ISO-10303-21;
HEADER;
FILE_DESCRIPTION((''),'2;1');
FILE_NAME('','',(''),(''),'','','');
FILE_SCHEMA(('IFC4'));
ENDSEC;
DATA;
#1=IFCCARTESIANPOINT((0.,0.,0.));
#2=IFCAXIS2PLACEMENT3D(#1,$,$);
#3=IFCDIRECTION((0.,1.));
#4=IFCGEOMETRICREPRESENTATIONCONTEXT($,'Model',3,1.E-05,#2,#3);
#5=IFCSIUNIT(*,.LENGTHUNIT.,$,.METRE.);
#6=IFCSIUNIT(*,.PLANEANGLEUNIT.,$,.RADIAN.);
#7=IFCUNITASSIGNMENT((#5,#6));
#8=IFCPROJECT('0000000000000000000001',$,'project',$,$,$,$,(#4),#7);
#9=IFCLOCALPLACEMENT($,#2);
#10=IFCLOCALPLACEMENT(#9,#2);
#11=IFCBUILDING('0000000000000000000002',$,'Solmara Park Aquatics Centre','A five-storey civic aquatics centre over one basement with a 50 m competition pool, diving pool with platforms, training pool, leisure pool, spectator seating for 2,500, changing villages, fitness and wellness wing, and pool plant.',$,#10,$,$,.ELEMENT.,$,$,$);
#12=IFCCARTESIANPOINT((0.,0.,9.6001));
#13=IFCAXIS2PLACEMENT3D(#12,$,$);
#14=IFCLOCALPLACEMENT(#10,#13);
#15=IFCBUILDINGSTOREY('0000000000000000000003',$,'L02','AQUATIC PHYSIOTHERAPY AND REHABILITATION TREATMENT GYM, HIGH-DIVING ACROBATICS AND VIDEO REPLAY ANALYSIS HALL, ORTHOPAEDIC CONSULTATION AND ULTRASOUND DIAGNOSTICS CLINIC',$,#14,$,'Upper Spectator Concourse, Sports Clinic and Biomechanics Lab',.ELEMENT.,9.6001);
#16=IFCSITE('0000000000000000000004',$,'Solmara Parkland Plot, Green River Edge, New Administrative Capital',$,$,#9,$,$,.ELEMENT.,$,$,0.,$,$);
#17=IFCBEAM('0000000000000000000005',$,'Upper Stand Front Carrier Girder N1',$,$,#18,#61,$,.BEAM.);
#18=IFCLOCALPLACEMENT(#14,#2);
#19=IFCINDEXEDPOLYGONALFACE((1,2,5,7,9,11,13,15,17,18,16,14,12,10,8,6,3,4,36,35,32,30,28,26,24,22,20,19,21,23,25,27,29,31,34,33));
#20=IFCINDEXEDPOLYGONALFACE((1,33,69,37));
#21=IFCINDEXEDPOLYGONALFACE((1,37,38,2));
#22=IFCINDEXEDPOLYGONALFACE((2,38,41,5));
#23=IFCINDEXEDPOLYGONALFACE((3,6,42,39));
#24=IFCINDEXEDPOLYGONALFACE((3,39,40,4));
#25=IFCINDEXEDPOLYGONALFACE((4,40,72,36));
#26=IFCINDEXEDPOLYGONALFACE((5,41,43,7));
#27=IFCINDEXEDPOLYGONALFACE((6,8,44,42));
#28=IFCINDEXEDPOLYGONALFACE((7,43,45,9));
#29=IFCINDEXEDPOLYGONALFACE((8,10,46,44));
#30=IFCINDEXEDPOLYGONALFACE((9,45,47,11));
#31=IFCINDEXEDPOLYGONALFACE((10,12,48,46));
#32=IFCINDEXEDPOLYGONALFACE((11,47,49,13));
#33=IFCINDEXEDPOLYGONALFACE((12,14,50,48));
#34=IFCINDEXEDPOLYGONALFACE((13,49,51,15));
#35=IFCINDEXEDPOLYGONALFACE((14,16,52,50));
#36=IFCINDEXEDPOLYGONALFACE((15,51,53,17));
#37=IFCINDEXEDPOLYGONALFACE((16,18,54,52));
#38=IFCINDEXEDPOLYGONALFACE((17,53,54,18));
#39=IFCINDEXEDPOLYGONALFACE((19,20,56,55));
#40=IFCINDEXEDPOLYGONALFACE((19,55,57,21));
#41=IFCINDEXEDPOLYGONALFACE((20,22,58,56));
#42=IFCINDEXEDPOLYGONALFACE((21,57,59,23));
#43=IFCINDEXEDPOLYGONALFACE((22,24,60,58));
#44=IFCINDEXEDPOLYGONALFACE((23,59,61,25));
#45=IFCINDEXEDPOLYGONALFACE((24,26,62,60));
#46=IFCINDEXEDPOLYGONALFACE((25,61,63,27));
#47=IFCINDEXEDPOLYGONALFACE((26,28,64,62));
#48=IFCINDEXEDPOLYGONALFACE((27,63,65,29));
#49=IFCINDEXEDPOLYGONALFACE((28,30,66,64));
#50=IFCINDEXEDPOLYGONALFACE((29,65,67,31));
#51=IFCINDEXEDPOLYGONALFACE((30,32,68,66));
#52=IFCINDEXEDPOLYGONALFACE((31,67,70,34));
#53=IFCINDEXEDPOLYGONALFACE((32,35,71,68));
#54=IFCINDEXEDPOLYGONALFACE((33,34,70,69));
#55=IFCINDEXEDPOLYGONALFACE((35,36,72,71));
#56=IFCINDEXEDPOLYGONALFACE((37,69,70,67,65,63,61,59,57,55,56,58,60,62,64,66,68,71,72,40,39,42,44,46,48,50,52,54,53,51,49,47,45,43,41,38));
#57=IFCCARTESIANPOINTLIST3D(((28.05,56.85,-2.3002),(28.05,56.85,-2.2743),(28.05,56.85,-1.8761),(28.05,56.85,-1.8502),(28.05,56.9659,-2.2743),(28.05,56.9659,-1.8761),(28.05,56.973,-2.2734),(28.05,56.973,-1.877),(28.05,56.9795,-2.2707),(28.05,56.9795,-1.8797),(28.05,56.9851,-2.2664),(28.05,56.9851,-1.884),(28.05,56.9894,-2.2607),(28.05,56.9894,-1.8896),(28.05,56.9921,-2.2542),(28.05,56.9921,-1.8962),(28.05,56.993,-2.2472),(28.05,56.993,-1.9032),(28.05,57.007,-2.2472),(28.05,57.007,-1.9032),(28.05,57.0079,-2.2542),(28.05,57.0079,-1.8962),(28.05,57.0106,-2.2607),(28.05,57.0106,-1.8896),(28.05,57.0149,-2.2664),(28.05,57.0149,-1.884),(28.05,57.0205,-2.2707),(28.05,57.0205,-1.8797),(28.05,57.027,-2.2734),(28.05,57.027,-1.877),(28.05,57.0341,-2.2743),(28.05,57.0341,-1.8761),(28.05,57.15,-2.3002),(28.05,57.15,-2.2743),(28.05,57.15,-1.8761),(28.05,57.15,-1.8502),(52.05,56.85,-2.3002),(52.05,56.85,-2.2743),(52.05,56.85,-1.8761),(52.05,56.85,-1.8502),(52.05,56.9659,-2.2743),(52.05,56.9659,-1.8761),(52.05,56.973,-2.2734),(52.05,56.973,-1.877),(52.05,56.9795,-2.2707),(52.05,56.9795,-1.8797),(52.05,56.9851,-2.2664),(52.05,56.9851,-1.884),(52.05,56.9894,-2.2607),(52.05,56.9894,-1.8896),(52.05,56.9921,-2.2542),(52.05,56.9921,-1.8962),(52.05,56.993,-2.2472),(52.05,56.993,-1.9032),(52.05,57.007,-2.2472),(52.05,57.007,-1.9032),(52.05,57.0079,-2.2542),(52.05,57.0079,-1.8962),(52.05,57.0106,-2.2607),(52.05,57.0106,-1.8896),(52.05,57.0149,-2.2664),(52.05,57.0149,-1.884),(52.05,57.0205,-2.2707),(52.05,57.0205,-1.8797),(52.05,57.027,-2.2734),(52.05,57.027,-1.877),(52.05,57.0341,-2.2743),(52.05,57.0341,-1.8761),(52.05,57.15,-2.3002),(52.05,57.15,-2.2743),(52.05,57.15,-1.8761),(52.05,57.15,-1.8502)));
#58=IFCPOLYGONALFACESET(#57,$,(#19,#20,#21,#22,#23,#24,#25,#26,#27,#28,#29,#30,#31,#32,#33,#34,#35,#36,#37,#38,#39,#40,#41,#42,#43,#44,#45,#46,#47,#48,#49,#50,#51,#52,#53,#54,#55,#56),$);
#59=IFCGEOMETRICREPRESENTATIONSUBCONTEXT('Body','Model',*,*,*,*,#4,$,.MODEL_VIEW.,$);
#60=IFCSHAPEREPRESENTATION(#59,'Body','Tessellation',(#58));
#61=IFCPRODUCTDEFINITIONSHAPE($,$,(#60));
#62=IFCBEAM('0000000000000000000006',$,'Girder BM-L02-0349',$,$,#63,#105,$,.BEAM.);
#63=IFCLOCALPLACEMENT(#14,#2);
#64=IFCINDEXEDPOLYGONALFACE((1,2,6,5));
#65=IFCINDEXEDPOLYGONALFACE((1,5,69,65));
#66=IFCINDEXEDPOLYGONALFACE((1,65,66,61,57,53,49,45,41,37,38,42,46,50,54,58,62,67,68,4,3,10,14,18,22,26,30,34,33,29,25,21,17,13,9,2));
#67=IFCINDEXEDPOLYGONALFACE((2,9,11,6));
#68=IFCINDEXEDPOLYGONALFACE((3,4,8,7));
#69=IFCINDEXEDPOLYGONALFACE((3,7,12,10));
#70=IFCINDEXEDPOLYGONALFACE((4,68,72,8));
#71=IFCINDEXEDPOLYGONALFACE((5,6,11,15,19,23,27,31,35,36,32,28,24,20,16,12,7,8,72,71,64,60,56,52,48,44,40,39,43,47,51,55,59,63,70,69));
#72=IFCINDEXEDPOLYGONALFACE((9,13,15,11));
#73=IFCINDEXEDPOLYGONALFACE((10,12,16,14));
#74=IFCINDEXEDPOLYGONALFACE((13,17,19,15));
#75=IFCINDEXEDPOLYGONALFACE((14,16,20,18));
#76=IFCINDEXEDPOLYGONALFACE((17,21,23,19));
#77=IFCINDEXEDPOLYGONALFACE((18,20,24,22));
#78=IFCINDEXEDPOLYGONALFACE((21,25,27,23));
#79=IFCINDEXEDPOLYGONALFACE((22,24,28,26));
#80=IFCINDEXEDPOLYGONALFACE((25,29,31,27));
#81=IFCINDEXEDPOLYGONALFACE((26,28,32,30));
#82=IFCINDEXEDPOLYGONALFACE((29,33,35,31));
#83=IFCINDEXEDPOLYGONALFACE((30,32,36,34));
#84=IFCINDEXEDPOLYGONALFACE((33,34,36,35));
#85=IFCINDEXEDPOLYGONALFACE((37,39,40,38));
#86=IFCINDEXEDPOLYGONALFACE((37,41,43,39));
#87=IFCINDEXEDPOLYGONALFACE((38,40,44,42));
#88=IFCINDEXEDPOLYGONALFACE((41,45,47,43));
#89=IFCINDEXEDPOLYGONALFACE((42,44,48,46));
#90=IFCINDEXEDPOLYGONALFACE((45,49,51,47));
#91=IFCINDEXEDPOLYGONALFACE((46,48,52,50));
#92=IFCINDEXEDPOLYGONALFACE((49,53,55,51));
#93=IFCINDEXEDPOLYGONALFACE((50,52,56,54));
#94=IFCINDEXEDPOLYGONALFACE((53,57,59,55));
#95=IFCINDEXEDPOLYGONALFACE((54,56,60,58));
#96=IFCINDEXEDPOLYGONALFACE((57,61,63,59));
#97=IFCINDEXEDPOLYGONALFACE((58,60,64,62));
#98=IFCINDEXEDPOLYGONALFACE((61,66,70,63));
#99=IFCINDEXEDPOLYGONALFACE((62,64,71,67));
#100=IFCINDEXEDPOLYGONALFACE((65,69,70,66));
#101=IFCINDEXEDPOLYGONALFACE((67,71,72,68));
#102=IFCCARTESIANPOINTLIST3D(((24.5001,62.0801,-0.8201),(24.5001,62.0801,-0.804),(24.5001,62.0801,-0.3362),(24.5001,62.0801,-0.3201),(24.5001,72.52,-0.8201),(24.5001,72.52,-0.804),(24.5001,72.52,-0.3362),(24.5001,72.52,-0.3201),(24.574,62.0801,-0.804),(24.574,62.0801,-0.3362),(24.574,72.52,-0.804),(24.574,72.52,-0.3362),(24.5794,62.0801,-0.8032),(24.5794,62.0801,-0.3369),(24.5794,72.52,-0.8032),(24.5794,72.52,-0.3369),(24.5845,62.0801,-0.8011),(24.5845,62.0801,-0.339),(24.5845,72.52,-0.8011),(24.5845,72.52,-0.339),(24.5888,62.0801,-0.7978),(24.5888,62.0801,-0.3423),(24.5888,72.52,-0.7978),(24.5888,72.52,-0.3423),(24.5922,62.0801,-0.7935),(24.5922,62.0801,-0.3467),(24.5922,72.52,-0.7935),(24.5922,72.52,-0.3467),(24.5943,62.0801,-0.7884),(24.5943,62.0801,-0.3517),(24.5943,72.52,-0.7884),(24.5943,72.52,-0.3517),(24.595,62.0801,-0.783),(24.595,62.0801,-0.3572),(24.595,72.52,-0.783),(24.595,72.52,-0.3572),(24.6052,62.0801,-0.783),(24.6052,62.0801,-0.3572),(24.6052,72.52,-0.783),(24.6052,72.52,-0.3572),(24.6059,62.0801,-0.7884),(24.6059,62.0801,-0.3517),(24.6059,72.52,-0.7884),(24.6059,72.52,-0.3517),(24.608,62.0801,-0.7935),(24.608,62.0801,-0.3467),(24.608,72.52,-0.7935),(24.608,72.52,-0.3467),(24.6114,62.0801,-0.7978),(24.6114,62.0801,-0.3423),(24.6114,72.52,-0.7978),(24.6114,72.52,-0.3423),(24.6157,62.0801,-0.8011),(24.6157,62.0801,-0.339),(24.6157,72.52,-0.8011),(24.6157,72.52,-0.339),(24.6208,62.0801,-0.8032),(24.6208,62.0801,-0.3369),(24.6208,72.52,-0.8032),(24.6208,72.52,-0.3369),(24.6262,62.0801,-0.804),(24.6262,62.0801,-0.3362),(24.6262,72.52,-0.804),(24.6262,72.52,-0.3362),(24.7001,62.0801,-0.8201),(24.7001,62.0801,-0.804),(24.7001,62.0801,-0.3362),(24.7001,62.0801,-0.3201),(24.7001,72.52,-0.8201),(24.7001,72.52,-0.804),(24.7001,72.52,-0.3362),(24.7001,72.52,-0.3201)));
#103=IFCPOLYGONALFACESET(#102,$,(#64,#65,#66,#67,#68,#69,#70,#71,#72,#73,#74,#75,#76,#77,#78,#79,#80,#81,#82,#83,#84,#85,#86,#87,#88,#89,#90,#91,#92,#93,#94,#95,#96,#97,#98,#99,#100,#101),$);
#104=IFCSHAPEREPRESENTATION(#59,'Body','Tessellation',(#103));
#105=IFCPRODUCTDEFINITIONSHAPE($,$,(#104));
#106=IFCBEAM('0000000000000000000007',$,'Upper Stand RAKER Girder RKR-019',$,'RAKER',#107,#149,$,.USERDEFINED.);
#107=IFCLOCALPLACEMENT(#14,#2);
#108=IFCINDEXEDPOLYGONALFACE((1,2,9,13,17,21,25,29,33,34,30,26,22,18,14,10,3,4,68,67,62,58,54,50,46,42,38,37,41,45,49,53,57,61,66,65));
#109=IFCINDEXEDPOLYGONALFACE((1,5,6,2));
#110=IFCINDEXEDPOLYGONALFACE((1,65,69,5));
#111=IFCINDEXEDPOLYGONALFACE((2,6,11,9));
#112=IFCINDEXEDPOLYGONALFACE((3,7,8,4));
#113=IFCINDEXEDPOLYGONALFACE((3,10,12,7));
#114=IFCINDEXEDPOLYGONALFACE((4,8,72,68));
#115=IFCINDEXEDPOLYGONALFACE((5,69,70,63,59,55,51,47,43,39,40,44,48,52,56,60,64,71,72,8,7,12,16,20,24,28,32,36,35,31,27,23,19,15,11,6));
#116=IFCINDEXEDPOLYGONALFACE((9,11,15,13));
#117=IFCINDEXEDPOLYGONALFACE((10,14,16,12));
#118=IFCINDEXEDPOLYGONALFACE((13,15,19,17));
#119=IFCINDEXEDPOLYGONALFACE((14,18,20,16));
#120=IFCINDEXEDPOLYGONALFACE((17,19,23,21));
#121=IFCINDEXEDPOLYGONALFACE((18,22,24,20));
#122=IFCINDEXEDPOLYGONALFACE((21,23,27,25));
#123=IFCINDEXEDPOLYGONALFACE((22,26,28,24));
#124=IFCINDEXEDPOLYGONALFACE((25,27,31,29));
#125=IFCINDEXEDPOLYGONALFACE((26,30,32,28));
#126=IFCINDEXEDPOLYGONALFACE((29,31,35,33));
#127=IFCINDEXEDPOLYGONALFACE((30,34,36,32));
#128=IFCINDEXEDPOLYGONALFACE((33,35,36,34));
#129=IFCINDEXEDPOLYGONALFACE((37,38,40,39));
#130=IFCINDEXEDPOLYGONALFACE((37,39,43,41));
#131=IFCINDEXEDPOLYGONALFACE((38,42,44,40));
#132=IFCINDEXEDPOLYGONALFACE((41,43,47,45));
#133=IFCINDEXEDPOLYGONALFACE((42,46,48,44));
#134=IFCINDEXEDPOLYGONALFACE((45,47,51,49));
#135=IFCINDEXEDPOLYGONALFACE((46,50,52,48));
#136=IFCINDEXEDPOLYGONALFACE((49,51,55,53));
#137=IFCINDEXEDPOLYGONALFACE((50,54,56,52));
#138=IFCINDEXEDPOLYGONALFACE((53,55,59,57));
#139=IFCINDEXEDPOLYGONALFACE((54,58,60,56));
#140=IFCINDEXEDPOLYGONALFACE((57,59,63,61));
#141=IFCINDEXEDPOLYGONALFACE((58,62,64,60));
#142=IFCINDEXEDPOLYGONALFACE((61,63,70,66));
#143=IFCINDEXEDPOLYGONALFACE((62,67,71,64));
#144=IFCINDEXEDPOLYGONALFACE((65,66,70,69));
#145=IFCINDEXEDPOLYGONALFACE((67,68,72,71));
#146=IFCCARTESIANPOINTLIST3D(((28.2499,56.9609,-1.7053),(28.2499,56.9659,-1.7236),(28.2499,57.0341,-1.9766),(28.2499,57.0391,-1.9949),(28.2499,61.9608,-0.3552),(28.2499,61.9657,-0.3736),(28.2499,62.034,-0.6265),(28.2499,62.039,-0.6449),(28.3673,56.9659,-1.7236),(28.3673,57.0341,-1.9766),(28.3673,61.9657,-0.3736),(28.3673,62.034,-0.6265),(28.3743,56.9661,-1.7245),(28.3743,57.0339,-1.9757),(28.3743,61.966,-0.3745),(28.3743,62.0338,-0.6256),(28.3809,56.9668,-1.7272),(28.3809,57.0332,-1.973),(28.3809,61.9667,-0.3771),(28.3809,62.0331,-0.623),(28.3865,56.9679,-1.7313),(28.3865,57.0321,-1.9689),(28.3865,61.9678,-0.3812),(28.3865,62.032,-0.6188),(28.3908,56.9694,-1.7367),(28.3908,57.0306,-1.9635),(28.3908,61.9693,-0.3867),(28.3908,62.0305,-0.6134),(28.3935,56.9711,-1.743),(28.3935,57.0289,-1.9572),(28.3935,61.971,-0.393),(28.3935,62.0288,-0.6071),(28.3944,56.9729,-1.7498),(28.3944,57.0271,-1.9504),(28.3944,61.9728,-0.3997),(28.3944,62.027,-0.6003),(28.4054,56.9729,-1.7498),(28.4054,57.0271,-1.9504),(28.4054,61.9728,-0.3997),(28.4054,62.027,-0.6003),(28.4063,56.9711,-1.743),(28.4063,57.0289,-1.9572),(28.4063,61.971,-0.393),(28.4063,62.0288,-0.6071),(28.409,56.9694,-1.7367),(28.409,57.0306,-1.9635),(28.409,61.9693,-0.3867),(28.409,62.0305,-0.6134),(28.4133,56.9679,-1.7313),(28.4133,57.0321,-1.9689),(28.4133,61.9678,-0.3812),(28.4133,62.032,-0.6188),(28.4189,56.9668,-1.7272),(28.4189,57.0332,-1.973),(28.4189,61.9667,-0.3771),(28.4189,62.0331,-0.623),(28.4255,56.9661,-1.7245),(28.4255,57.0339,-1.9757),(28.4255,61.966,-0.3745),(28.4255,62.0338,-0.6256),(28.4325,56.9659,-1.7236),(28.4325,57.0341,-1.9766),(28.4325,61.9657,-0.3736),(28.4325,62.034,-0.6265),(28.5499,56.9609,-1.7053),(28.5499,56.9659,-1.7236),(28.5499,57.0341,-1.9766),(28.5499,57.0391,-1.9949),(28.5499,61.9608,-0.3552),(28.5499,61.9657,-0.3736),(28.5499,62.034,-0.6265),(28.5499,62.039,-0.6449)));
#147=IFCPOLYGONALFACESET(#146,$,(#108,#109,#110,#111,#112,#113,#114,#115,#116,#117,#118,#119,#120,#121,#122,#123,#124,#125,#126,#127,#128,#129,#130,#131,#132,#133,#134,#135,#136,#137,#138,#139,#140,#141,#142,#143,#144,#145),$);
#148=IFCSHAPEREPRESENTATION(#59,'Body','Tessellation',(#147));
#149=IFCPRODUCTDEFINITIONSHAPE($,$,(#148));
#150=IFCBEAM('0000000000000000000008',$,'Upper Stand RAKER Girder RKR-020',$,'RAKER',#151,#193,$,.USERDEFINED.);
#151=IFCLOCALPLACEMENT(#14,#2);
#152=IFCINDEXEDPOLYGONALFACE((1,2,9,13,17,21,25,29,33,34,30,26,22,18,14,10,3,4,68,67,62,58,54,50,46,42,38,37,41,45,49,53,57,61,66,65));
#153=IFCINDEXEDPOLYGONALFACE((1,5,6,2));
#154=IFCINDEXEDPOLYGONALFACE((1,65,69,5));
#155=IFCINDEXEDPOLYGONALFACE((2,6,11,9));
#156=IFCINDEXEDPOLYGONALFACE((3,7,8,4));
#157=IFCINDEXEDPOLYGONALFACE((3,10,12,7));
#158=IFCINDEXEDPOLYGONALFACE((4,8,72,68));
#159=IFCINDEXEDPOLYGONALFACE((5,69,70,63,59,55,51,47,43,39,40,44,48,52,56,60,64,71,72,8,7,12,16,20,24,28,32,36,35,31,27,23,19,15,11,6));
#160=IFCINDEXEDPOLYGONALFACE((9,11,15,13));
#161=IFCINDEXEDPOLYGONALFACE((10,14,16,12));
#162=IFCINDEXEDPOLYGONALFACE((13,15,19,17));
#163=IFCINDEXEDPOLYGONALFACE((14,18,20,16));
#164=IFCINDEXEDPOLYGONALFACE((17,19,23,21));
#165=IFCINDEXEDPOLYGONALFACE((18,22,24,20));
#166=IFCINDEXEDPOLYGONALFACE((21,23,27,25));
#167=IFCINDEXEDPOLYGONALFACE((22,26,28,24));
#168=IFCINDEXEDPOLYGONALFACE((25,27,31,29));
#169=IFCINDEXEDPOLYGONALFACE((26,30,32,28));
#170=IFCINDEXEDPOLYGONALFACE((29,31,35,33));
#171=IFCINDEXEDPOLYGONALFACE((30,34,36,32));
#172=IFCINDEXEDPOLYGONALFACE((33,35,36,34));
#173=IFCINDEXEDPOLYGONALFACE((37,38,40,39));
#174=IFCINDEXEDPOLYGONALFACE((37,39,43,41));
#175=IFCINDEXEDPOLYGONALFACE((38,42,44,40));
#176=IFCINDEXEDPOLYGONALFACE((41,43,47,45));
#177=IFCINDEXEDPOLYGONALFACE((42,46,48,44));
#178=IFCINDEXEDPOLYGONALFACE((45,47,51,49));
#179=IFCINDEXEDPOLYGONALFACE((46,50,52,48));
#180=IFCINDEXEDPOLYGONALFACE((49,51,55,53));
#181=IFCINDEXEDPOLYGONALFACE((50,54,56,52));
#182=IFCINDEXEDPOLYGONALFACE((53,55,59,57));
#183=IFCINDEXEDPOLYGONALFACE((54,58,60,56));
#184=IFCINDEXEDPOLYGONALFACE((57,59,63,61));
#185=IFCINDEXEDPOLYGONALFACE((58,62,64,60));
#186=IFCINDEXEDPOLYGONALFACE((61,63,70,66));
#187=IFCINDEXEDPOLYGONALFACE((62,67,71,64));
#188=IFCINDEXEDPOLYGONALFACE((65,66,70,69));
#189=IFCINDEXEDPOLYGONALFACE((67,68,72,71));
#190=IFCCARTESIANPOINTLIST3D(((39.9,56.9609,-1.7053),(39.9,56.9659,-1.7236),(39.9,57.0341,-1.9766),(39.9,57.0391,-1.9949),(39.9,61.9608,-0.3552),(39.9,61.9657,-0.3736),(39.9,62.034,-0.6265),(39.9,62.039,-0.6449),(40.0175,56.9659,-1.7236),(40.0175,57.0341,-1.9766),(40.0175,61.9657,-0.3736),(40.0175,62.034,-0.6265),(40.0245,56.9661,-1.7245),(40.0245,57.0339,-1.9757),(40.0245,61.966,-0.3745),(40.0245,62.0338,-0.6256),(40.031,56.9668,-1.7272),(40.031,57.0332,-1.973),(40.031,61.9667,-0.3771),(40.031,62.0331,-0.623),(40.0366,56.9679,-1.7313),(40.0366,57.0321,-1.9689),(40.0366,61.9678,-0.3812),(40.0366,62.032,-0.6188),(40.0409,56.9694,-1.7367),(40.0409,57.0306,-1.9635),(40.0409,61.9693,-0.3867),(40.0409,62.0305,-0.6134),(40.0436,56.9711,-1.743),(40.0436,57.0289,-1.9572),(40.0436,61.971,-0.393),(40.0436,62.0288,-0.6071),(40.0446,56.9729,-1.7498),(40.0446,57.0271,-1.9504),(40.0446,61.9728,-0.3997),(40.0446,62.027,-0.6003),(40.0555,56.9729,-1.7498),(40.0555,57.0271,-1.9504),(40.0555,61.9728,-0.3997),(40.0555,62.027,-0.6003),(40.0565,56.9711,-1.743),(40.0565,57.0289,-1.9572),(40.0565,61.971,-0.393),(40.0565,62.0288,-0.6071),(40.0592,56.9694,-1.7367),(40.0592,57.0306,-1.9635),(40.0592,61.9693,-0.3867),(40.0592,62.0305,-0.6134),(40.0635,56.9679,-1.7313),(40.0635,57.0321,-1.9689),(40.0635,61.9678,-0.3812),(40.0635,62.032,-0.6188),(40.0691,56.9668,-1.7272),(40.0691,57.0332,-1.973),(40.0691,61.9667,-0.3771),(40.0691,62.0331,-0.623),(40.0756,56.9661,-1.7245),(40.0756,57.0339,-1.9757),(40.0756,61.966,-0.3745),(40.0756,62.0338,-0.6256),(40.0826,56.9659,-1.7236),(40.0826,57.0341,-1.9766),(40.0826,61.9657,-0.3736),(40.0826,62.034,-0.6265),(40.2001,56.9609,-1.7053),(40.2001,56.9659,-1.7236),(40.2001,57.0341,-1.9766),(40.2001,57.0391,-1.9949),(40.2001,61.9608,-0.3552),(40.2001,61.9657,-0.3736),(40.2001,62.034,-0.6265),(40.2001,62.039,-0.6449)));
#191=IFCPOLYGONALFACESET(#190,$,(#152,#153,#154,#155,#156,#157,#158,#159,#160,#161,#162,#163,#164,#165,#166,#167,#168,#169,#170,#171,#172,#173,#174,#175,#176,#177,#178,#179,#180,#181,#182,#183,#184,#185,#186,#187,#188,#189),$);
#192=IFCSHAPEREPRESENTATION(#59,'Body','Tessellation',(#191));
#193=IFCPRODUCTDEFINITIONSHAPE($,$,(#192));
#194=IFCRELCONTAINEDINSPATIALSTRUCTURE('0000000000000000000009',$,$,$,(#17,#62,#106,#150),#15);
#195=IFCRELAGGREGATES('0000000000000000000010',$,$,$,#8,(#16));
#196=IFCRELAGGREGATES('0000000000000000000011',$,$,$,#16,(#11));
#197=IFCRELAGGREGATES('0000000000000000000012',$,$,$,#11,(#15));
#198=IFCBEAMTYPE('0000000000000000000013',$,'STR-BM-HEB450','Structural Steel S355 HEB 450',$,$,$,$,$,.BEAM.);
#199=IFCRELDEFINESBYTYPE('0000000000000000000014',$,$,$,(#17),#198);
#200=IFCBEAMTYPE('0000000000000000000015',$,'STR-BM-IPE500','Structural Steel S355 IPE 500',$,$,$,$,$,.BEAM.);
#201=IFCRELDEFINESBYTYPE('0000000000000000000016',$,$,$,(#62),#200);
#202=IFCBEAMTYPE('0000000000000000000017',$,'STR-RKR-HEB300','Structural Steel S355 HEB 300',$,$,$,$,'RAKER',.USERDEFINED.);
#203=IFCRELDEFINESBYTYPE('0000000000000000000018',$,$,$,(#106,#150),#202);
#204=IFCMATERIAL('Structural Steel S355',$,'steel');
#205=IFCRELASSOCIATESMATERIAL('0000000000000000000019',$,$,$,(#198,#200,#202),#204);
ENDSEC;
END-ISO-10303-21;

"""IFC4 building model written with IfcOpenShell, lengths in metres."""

from ifc_helpers import new_model, si_unit, direction, frame, origin, origin_2d, place, context, subcontext, project, spatial, i_section, extrude, material, material_profile, profile_set, type_object, element, save


model = new_model("IFC4")

# Units and contexts
model_context = context("Model", 3, precision=1e-05, world=origin(), true_north=direction((0.0, 1.0)))
body_context = subcontext(model_context, "Body", "Model", "MODEL_VIEW")
ifc_project = project(units=[si_unit("LENGTHUNIT", "METRE"), si_unit("PLANEANGLEUNIT", "RADIAN")], contexts=[model_context])

# Site, building, storey
site_placement = place(None, origin())
site = spatial("IfcSite", under=ifc_project, at=site_placement, Name="Solmara Parkland Plot, Green River Edge, New Administrative Capital", CompositionType="ELEMENT", RefElevation=0.0)
building_placement = place(site_placement, origin())
building = spatial("IfcBuilding", under=site, at=building_placement, Name="Solmara Park Aquatics Centre", Description="A five-storey civic aquatics centre over one basement with a 50 m competition pool, diving pool with platforms, training pool, leisure pool, spectator seating for 2,500, changing villages, fitness and wellness wing, and pool plant.", CompositionType="ELEMENT")
storey_placement = place(building_placement, frame((0.0, 0.0, 9.6001)))
storey = spatial("IfcBuildingStorey", under=building, at=storey_placement, Name="L02", Description="AQUATIC PHYSIOTHERAPY AND REHABILITATION TREATMENT GYM, HIGH-DIVING ACROBATICS AND VIDEO REPLAY ANALYSIS HALL, ORTHOPAEDIC CONSULTATION AND ULTRASOUND DIAGNOSTICS CLINIC", LongName="Upper Spectator Concourse, Sports Clinic and Biomechanics Lab", CompositionType="ELEMENT", Elevation=9.6001)

# Shared definitions
ifc_material_1 = material(Name="Structural Steel S355", Category="steel")

# Beams
ifc_material_profile_1 = material_profile(ifc_material_1, i_section(OverallWidth=0.3, OverallDepth=0.45, WebThickness=0.0139, FlangeThickness=0.0259, FilletRadius=0.0271, at=origin_2d()), Name="HEB 450")
ifc_profile_set_1 = profile_set([ifc_material_profile_1], Name="Structural Steel S355")
beam_type_1 = type_object("IfcBeamType", Name="STR-BM-HEB450", Description="Structural Steel S355 HEB 450", PredefinedType="BEAM", material=ifc_profile_set_1)
beam_1_placement = place(storey_placement, frame((28.05, 57.0, -2.0752), z_axis=(1.0, 0.0, 0.0), x_axis=(0.0, 1.0, 0.0)))
element("IfcBeam", 1, at=beam_1_placement, inside=storey, type_object=beam_type_1, Name="Upper Stand Front Carrier Girder N1", PredefinedType="BEAM", context=body_context, shape_type="SweptSolid", body=[
    extrude(i_section(OverallWidth=0.3, OverallDepth=0.45, WebThickness=0.0139, FlangeThickness=0.0259, FilletRadius=0.0271, at=origin_2d()), origin(), (0.0, 0.0, 1.0), 24.0),
])
ifc_material_profile_2 = material_profile(ifc_material_1, i_section(OverallWidth=0.2, OverallDepth=0.5, WebThickness=0.0103, FlangeThickness=0.0161, FilletRadius=0.021, at=origin_2d()), Name="IPE 500")
ifc_profile_set_2 = profile_set([ifc_material_profile_2], Name="Structural Steel S355")
beam_type_2 = type_object("IfcBeamType", Name="STR-BM-IPE500", Description="Structural Steel S355 IPE 500", PredefinedType="BEAM", material=ifc_profile_set_2)
beam_2_placement = place(storey_placement, frame((24.6001, 62.0801, -0.5701), z_axis=(0.0, 1.0, 0.0), x_axis=(-1.0, 0.0, 0.0)))
element("IfcBeam", 2, at=beam_2_placement, inside=storey, type_object=beam_type_2, Name="Girder BM-L02-0349", PredefinedType="BEAM", context=body_context, shape_type="SweptSolid", body=[
    extrude(i_section(OverallWidth=0.2, OverallDepth=0.5, WebThickness=0.0103, FlangeThickness=0.0161, FilletRadius=0.021, at=origin_2d()), origin(), (0.0, 0.0, 1.0), 10.4399),
])
ifc_material_profile_3 = material_profile(ifc_material_1, i_section(OverallWidth=0.3, OverallDepth=0.3, WebThickness=0.011, FlangeThickness=0.019, FilletRadius=0.0271, at=origin_2d()), Name="HEB 300")
ifc_profile_set_3 = profile_set([ifc_material_profile_3], Name="Structural Steel S355")
beam_type_3 = type_object("IfcBeamType", Name="STR-RKR-HEB300", Description="Structural Steel S355 HEB 300", ElementType="RAKER", PredefinedType="USERDEFINED", material=ifc_profile_set_3)
for number, where, z_axis, x_axis, name in (
    (3, (28.3999, 57.0, -1.8501), (0.0, 0.965424, 0.260683), (-1.0, 0.0, 0.0), "Upper Stand RAKER Girder RKR-019"),
    (4, (40.05, 57.0, -1.8501), (0.0, 0.965424, 0.260683), (-1.0, 0.0, 0.0), "Upper Stand RAKER Girder RKR-020"),
):
    element("IfcBeam", number, at=place(storey_placement, frame(where, z_axis=z_axis, x_axis=x_axis)), inside=storey, type_object=beam_type_3, Name=name, ObjectType="RAKER", PredefinedType="USERDEFINED", context=body_context, shape_type="SweptSolid", body=[
        extrude(i_section(OverallWidth=0.3, OverallDepth=0.3, WebThickness=0.011, FlangeThickness=0.019, FilletRadius=0.0271, at=origin_2d()), origin(), (0.0, 0.0, 1.0), 5.179),
    ])

save(model, "model.ifc")
